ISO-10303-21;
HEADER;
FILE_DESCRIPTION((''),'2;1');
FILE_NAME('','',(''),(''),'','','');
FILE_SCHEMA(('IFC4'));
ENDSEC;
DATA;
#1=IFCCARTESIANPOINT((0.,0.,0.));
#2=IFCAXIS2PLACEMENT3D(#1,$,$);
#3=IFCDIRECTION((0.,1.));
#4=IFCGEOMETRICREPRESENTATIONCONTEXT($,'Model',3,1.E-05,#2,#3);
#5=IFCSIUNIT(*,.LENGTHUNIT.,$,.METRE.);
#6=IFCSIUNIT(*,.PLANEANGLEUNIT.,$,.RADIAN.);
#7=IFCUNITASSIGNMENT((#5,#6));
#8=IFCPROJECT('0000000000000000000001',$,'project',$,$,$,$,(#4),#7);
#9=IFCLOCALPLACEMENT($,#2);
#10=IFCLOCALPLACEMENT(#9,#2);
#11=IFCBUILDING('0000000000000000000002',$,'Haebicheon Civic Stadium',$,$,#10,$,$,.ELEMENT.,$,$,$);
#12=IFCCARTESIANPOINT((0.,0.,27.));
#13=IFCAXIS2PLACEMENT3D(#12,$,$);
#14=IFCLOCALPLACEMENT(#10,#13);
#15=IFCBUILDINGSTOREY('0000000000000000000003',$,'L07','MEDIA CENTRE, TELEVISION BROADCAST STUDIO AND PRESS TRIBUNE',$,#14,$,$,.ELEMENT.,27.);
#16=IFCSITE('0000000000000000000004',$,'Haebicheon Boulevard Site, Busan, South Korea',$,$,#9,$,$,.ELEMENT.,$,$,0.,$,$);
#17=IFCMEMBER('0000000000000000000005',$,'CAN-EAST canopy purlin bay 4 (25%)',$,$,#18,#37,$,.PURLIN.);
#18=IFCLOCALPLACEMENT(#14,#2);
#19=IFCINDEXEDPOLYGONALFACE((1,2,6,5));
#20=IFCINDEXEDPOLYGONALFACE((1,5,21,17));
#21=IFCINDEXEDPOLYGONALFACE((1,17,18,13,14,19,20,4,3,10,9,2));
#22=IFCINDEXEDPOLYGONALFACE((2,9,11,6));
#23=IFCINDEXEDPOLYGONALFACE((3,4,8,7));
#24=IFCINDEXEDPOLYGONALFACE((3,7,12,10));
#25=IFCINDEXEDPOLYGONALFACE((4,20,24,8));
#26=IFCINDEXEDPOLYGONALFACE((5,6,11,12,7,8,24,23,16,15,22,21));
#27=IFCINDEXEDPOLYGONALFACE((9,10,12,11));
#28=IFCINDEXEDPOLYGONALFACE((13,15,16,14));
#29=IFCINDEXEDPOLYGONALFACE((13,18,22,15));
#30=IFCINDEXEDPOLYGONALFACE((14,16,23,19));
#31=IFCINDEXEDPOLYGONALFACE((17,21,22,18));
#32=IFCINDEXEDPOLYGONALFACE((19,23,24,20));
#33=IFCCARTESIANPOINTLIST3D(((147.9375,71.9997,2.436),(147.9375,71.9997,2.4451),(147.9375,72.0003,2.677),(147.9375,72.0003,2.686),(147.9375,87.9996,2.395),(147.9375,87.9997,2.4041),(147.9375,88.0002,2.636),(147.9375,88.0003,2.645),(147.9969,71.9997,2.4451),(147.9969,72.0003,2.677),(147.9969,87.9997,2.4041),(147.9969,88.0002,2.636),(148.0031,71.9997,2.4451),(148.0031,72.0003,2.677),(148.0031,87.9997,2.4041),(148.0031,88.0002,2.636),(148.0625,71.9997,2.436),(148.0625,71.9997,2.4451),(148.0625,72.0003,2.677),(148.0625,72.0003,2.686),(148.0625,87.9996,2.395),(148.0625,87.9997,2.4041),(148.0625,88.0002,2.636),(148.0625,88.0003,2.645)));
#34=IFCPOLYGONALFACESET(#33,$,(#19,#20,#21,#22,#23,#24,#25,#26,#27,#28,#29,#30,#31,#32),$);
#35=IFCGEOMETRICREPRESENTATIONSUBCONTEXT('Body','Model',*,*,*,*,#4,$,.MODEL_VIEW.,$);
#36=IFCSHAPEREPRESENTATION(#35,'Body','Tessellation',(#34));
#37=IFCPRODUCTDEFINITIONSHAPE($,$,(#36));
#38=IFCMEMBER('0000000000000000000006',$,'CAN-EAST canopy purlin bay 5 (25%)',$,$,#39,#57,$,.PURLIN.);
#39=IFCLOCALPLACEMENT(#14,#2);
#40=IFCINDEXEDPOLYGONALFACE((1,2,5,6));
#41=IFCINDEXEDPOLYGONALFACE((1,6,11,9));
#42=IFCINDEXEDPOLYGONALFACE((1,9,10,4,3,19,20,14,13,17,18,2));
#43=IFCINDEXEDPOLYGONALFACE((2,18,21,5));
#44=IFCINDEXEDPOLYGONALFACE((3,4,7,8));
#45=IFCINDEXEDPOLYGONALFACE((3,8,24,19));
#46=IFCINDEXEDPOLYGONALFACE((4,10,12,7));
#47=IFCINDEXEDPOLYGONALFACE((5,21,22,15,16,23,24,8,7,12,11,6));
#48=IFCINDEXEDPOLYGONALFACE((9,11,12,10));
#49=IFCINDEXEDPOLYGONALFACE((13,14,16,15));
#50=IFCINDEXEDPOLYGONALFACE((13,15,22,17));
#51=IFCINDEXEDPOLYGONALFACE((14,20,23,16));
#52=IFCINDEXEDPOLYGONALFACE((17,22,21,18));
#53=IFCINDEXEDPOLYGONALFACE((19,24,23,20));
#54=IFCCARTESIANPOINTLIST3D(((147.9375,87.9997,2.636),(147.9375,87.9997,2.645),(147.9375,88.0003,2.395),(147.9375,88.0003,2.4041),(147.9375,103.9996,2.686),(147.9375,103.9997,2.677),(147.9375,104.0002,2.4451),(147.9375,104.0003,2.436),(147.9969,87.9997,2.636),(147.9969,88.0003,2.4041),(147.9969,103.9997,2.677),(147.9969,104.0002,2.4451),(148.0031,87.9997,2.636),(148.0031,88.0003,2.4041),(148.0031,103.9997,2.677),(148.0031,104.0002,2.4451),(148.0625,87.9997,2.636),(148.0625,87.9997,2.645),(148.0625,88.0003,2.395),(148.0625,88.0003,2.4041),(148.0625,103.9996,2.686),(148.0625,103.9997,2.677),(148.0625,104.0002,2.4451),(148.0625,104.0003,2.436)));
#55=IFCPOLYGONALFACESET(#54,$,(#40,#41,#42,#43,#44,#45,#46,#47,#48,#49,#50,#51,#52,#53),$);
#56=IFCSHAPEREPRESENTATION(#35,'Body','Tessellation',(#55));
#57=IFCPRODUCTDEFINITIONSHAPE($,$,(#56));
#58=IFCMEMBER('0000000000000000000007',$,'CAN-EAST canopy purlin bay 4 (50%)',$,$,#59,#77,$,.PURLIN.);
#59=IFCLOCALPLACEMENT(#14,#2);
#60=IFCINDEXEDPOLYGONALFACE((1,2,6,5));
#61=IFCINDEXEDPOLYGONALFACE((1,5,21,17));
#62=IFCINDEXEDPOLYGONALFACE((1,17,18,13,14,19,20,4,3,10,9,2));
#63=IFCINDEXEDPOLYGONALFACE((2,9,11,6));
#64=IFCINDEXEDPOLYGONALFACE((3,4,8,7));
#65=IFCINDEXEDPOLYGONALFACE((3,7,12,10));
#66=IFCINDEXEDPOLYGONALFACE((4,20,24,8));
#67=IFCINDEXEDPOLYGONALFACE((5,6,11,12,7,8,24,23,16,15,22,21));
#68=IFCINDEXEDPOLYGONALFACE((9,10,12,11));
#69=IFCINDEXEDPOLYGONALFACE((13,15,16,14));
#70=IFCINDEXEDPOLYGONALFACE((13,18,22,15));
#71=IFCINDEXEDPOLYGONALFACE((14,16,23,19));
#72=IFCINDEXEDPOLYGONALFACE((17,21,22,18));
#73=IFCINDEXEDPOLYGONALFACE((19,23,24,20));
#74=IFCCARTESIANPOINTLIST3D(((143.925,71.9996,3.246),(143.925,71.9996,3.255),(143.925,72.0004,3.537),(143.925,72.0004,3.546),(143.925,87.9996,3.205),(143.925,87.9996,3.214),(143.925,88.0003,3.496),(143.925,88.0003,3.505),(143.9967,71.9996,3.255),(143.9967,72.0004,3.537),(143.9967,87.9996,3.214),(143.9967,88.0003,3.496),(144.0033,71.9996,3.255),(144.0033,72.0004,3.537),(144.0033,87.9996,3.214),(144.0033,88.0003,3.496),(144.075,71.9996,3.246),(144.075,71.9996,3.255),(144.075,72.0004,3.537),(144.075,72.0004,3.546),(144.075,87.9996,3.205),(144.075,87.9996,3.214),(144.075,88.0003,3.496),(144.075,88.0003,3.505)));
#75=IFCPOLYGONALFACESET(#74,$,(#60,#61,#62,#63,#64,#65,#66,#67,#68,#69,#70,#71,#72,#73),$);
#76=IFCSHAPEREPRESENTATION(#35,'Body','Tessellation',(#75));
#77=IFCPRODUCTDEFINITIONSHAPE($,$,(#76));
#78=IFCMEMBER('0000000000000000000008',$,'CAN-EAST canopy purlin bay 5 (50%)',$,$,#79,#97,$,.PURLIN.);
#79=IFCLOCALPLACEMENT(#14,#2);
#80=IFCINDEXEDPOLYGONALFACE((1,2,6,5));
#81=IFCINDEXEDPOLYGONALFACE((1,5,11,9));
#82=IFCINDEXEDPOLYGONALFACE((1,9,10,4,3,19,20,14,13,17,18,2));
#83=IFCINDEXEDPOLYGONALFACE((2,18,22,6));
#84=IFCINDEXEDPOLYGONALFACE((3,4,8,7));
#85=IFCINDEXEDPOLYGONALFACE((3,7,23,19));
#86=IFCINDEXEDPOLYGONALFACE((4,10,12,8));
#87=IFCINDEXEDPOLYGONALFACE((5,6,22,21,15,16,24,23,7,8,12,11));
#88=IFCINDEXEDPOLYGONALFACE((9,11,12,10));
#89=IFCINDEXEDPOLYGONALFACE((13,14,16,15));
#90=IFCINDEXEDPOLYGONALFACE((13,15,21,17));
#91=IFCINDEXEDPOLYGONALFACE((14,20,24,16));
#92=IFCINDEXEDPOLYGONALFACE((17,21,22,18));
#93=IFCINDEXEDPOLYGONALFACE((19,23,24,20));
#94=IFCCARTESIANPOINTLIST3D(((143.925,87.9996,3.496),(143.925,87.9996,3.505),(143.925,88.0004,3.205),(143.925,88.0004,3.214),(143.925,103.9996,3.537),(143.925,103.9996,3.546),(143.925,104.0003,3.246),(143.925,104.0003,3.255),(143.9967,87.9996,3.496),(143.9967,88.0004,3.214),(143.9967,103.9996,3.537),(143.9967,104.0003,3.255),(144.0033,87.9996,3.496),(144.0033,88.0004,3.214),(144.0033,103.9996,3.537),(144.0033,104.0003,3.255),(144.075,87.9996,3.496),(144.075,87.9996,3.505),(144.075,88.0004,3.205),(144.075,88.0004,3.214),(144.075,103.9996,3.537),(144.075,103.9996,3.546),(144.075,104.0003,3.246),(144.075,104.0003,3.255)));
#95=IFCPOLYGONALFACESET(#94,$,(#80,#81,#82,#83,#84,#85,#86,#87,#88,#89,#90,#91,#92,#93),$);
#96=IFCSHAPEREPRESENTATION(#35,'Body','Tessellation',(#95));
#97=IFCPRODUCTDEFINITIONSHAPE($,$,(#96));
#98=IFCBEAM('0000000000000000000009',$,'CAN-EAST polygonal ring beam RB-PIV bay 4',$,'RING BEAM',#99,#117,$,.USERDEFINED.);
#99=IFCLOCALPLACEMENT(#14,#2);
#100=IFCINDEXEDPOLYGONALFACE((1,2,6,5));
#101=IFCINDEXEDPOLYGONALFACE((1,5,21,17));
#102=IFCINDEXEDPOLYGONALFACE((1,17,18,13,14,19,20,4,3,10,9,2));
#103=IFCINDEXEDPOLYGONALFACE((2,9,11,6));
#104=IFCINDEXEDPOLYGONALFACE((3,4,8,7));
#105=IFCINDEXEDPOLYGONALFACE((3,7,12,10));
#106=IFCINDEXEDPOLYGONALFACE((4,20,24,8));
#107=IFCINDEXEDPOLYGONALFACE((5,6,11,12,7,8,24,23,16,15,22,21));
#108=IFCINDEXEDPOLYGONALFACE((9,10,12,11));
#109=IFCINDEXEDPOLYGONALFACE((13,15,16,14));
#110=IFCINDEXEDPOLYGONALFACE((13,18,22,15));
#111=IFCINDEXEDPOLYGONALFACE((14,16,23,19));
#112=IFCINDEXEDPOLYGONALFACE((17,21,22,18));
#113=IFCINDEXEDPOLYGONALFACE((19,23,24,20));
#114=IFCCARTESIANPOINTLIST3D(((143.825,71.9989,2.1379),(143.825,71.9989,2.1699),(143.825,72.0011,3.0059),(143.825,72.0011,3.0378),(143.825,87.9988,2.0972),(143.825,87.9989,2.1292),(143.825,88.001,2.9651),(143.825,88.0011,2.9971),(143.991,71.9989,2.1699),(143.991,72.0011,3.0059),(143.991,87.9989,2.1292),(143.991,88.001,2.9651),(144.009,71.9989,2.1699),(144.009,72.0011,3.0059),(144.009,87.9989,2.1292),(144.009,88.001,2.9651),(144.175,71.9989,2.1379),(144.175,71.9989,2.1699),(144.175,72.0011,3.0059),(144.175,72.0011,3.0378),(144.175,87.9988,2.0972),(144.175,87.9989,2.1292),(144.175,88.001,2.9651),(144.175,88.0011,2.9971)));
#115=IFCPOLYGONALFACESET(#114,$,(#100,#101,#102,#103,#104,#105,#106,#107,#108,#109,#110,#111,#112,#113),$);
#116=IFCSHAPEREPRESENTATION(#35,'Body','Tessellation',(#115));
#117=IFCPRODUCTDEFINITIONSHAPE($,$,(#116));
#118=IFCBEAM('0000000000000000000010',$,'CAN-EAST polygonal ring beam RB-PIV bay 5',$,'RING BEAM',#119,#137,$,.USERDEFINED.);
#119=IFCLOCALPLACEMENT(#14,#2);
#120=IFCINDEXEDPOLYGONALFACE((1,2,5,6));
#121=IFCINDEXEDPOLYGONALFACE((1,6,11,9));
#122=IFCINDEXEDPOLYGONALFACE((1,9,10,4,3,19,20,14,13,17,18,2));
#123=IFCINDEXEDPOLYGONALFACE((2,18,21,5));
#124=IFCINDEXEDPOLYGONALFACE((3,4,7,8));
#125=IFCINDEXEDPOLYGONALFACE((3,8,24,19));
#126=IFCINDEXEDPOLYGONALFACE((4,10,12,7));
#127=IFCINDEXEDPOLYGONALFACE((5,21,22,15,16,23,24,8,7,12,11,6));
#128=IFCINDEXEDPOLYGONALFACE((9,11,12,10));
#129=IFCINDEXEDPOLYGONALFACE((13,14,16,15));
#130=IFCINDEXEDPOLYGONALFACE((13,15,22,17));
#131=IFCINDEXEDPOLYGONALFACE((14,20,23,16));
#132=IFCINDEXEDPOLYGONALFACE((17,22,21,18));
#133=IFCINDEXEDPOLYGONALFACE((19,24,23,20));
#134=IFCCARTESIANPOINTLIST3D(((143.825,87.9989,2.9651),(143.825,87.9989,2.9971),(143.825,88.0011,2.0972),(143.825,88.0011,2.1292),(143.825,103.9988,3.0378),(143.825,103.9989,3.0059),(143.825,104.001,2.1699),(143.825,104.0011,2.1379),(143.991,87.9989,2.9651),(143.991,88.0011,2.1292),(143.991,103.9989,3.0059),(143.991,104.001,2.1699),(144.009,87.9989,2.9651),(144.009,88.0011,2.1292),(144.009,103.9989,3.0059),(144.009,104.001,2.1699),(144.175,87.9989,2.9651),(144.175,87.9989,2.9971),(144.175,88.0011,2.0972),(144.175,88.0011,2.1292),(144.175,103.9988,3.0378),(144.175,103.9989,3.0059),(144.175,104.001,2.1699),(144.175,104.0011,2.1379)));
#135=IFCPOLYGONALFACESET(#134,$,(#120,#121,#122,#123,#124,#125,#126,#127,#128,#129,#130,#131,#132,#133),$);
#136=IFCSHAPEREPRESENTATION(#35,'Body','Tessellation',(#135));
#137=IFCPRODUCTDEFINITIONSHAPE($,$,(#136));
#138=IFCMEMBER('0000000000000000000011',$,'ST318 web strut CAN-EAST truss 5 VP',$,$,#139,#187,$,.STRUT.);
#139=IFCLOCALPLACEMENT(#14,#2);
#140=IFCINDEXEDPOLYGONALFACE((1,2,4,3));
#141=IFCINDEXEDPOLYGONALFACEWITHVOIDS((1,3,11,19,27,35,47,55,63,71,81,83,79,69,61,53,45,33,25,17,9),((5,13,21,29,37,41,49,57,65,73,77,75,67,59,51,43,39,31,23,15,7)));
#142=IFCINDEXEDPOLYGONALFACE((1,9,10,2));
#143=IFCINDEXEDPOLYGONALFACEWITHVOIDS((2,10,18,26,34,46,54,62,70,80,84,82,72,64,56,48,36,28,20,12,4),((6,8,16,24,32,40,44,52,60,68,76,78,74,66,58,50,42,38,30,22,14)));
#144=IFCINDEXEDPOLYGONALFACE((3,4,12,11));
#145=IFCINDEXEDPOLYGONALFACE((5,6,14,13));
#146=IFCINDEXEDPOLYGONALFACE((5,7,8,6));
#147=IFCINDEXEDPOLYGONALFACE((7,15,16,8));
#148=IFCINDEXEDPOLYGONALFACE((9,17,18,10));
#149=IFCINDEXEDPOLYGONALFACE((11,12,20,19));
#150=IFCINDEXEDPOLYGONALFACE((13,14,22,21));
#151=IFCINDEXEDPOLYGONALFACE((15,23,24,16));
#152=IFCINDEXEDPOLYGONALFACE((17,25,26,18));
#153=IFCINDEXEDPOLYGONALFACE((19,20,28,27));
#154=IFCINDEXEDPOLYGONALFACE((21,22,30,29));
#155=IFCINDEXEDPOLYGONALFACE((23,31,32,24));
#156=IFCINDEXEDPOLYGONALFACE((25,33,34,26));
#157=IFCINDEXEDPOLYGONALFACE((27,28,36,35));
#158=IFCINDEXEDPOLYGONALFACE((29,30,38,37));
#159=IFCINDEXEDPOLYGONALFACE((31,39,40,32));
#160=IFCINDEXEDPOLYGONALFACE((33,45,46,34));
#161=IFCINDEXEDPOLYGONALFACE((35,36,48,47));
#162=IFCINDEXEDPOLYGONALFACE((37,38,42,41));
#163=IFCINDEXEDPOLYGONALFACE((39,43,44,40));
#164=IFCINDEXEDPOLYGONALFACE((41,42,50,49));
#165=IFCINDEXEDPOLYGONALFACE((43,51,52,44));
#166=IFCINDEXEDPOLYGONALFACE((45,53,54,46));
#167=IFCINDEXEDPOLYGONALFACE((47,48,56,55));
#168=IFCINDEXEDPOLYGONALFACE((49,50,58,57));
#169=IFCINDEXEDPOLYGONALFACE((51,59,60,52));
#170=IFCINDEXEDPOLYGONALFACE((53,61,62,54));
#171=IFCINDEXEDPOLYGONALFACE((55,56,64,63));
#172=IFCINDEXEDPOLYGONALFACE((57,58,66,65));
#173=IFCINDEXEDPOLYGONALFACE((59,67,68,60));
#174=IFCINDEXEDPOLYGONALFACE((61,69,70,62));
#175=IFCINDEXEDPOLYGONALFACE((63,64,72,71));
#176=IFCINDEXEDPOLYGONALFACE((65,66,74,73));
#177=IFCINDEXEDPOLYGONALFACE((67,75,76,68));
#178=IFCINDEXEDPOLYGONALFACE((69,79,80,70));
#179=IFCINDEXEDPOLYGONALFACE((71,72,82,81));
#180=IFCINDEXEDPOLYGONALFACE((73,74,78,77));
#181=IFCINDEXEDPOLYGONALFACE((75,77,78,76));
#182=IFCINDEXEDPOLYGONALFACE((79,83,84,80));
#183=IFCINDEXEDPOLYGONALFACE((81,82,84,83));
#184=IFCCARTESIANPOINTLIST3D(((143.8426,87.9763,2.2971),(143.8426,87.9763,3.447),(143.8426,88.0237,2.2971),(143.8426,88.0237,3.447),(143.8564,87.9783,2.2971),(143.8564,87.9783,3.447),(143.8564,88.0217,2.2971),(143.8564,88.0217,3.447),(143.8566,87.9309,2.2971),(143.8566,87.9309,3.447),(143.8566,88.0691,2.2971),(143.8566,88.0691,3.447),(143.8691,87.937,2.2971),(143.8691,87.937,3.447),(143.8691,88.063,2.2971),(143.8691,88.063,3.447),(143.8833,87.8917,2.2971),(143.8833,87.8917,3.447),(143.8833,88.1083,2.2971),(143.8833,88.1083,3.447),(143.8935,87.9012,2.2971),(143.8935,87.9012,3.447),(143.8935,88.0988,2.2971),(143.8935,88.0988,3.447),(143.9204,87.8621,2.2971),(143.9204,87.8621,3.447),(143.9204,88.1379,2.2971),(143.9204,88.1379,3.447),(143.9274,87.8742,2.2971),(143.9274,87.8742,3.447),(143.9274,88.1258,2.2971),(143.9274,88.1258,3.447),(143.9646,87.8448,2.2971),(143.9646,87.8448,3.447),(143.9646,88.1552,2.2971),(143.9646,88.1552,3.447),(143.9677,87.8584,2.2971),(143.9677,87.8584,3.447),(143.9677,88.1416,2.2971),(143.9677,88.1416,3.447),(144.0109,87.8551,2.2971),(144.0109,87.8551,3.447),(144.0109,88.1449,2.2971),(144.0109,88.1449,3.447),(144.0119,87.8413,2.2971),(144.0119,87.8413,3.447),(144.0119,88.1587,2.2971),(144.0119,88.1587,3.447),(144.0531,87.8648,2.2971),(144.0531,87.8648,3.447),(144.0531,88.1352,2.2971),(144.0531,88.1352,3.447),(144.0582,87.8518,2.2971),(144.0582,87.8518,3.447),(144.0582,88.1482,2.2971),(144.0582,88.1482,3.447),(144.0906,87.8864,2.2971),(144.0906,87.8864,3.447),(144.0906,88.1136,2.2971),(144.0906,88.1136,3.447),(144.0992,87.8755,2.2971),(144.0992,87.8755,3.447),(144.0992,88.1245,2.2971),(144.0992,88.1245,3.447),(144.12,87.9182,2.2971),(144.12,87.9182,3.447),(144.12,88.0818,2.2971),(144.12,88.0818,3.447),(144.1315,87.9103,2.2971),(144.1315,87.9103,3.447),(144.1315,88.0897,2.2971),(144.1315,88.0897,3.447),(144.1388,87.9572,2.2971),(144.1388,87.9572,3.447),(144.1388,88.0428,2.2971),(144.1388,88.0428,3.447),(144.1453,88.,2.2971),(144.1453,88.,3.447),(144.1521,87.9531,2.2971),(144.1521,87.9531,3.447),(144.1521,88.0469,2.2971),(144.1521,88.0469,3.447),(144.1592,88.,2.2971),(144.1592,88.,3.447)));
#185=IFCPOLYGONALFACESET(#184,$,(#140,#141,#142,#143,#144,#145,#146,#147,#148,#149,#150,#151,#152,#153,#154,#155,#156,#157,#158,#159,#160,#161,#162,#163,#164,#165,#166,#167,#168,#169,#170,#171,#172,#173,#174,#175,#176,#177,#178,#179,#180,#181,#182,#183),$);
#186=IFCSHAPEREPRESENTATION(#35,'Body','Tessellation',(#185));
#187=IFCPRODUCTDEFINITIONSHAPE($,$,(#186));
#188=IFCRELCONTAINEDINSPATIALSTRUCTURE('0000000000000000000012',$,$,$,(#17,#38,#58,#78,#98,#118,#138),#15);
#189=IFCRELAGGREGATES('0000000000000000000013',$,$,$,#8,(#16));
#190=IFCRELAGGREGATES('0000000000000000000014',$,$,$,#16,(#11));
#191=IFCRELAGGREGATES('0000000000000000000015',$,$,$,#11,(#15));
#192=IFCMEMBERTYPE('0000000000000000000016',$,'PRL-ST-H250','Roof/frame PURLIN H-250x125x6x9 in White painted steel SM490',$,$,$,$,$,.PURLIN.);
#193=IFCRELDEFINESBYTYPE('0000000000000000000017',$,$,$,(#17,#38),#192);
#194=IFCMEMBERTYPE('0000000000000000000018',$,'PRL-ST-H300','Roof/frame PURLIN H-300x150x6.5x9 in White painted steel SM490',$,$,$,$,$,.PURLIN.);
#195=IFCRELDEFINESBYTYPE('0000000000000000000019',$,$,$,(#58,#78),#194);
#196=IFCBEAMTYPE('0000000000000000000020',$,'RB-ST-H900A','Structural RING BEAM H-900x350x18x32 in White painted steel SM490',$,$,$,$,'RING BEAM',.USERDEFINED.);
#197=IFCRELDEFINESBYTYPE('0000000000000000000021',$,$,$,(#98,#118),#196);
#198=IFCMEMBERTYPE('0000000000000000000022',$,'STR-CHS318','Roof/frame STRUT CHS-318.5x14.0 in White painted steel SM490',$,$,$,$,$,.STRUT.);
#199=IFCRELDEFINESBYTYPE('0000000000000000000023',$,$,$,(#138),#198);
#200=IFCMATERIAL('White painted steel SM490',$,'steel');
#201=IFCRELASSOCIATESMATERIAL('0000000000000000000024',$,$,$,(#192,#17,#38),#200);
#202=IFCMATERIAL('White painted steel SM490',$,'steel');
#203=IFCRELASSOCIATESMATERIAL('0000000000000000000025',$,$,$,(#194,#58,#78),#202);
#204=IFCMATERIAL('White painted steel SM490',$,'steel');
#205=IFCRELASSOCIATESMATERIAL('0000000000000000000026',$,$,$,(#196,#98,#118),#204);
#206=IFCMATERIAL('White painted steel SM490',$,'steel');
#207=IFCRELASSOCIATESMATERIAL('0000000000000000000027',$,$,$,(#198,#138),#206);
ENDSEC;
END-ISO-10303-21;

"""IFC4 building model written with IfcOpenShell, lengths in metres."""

from ifc_helpers import new_model, si_unit, direction, frame, origin, origin_2d, place, context, subcontext, project, spatial, hollow_circle, i_section, extrude, material, material_profile, profile_set, type_object, element, save


model = new_model("IFC4")

# Units and contexts
model_context = context("Model", 3, precision=1e-05, world=origin(), true_north=direction((0.0, 1.0)))
body_context = subcontext(model_context, "Body", "Model", "MODEL_VIEW")
ifc_project = project(units=[si_unit("LENGTHUNIT", "METRE"), si_unit("PLANEANGLEUNIT", "RADIAN")], contexts=[model_context])

# Site, building, storey
site_placement = place(None, origin())
site = spatial("IfcSite", under=ifc_project, at=site_placement, Name="Haebicheon Boulevard Site, Busan, South Korea", CompositionType="ELEMENT", RefElevation=0.0)
building_placement = place(site_placement, origin())
building = spatial("IfcBuilding", under=site, at=building_placement, Name="Haebicheon Civic Stadium", CompositionType="ELEMENT")
storey_placement = place(building_placement, frame((0.0, 0.0, 27.0)))
storey = spatial("IfcBuildingStorey", under=building, at=storey_placement, Name="L07", Description="MEDIA CENTRE, TELEVISION BROADCAST STUDIO AND PRESS TRIBUNE", CompositionType="ELEMENT", Elevation=27.0)

# Members
ifc_material_1 = material(Name="White painted steel SM490", Category="steel")
ifc_material_profile_1 = material_profile(ifc_material_1, i_section(OverallWidth=0.125, OverallDepth=0.25, WebThickness=0.0061, FlangeThickness=0.009, at=origin_2d()), Name="H-250x125x6x9")
ifc_profile_set_1 = profile_set([ifc_material_profile_1], Name="White painted steel SM490")
member_type_1 = type_object("IfcMemberType", Name="PRL-ST-H250", Description="Roof/frame PURLIN H-250x125x6x9 in White painted steel SM490", PredefinedType="PURLIN", material=ifc_profile_set_1)
for number, where, z_axis, x_axis, name in (
    (1, (148.0, 72.0, 2.561), (0.0, 0.999997, -0.002563), (-1.0, 0.0, 0.0), "CAN-EAST canopy purlin bay 4 (25%)"),
    (2, (148.0, 88.0, 2.52), (0.0, 0.999997, 0.002563), (-1.0, 0.0, 0.0), "CAN-EAST canopy purlin bay 5 (25%)"),
):
    element("IfcMember", number, at=place(storey_placement, frame(where, z_axis=z_axis, x_axis=x_axis)), inside=storey, type_object=member_type_1, material=ifc_profile_set_1, Name=name, PredefinedType="PURLIN", context=body_context, shape_type="SweptSolid", body=[
        extrude(i_section(OverallWidth=0.125, OverallDepth=0.25, WebThickness=0.0061, FlangeThickness=0.009, at=origin_2d()), origin(), (0.0, 0.0, 1.0), 16.0),
    ])
ifc_material_2 = material(Name="White painted steel SM490", Category="steel")
ifc_material_profile_2 = material_profile(ifc_material_2, i_section(OverallWidth=0.1499, OverallDepth=0.3, WebThickness=0.0066, FlangeThickness=0.009, at=origin_2d()), Name="H-300x150x6.5x9")
ifc_profile_set_2 = profile_set([ifc_material_profile_2], Name="White painted steel SM490")
member_type_2 = type_object("IfcMemberType", Name="PRL-ST-H300", Description="Roof/frame PURLIN H-300x150x6.5x9 in White painted steel SM490", PredefinedType="PURLIN", material=ifc_profile_set_2)
for number, where, z_axis, x_axis, name in (
    (3, (144.0, 72.0, 3.396), (0.0, 0.999997, -0.002563), (-1.0, 0.0, 0.0), "CAN-EAST canopy purlin bay 4 (50%)"),
    (4, (144.0, 88.0, 3.355), (0.0, 0.999997, 0.002563), (-1.0, 0.0, 0.0), "CAN-EAST canopy purlin bay 5 (50%)"),
):
    element("IfcMember", number, at=place(storey_placement, frame(where, z_axis=z_axis, x_axis=x_axis)), inside=storey, type_object=member_type_2, material=ifc_profile_set_2, Name=name, PredefinedType="PURLIN", context=body_context, shape_type="SweptSolid", body=[
        extrude(i_section(OverallWidth=0.1499, OverallDepth=0.3, WebThickness=0.0066, FlangeThickness=0.009, at=origin_2d()), origin(), (0.0, 0.0, 1.0), 16.0),
    ])

# Beams
ifc_material_3 = material(Name="White painted steel SM490", Category="steel")
ifc_material_profile_3 = material_profile(ifc_material_3, i_section(OverallWidth=0.3501, OverallDepth=0.8999, WebThickness=0.0181, FlangeThickness=0.032, at=origin_2d()), Name="H-900x350x18x32")
ifc_profile_set_3 = profile_set([ifc_material_profile_3], Name="White painted steel SM490")
beam_type = type_object("IfcBeamType", Name="RB-ST-H900A", Description="Structural RING BEAM H-900x350x18x32 in White painted steel SM490", ElementType="RING BEAM", PredefinedType="USERDEFINED", material=ifc_profile_set_3)
for number, where, z_axis, x_axis, name in (
    (5, (144.0, 72.0, 2.5879), (0.0, 0.999997, -0.002548), (-1.0, 0.0, 0.0), "CAN-EAST polygonal ring beam RB-PIV bay 4"),
    (6, (144.0, 88.0, 2.5471), (0.0, 0.999997, 0.002548), (-1.0, 0.0, 0.0), "CAN-EAST polygonal ring beam RB-PIV bay 5"),
):
    element("IfcBeam", number, at=place(storey_placement, frame(where, z_axis=z_axis, x_axis=x_axis)), inside=storey, type_object=beam_type, material=ifc_profile_set_3, Name=name, ObjectType="RING BEAM", PredefinedType="USERDEFINED", context=body_context, shape_type="SweptSolid", body=[
        extrude(i_section(OverallWidth=0.3501, OverallDepth=0.8999, WebThickness=0.0181, FlangeThickness=0.032, at=origin_2d()), origin(), (0.0, 0.0, 1.0), 16.0),
    ])

# Member
ifc_material_4 = material(Name="White painted steel SM490", Category="steel")
ifc_material_profile_4 = material_profile(ifc_material_4, hollow_circle(Radius=0.1592, WallThickness=0.0139, at=origin_2d()), Name="CHS-318.5x14.0")
ifc_profile_set_4 = profile_set([ifc_material_profile_4], Name="White painted steel SM490")
member_type_3 = type_object("IfcMemberType", Name="STR-CHS318", Description="Roof/frame STRUT CHS-318.5x14.0 in White painted steel SM490", PredefinedType="STRUT", material=ifc_profile_set_4)
member_1_placement = place(storey_placement, frame((144.0, 88.0, 2.2971), z_axis=(0.0, 0.0, 1.0), x_axis=(1.0, 0.0, 0.0)))
element("IfcMember", 7, at=member_1_placement, inside=storey, type_object=member_type_3, material=ifc_profile_set_4, Name="ST318 web strut CAN-EAST truss 5 VP", PredefinedType="STRUT", context=body_context, shape_type="SweptSolid", body=[
    extrude(hollow_circle(Radius=0.1592, WallThickness=0.0139, at=origin_2d()), origin(), (0.0, 0.0, 1.0), 1.1499),
])

save(model, "model.ifc")
